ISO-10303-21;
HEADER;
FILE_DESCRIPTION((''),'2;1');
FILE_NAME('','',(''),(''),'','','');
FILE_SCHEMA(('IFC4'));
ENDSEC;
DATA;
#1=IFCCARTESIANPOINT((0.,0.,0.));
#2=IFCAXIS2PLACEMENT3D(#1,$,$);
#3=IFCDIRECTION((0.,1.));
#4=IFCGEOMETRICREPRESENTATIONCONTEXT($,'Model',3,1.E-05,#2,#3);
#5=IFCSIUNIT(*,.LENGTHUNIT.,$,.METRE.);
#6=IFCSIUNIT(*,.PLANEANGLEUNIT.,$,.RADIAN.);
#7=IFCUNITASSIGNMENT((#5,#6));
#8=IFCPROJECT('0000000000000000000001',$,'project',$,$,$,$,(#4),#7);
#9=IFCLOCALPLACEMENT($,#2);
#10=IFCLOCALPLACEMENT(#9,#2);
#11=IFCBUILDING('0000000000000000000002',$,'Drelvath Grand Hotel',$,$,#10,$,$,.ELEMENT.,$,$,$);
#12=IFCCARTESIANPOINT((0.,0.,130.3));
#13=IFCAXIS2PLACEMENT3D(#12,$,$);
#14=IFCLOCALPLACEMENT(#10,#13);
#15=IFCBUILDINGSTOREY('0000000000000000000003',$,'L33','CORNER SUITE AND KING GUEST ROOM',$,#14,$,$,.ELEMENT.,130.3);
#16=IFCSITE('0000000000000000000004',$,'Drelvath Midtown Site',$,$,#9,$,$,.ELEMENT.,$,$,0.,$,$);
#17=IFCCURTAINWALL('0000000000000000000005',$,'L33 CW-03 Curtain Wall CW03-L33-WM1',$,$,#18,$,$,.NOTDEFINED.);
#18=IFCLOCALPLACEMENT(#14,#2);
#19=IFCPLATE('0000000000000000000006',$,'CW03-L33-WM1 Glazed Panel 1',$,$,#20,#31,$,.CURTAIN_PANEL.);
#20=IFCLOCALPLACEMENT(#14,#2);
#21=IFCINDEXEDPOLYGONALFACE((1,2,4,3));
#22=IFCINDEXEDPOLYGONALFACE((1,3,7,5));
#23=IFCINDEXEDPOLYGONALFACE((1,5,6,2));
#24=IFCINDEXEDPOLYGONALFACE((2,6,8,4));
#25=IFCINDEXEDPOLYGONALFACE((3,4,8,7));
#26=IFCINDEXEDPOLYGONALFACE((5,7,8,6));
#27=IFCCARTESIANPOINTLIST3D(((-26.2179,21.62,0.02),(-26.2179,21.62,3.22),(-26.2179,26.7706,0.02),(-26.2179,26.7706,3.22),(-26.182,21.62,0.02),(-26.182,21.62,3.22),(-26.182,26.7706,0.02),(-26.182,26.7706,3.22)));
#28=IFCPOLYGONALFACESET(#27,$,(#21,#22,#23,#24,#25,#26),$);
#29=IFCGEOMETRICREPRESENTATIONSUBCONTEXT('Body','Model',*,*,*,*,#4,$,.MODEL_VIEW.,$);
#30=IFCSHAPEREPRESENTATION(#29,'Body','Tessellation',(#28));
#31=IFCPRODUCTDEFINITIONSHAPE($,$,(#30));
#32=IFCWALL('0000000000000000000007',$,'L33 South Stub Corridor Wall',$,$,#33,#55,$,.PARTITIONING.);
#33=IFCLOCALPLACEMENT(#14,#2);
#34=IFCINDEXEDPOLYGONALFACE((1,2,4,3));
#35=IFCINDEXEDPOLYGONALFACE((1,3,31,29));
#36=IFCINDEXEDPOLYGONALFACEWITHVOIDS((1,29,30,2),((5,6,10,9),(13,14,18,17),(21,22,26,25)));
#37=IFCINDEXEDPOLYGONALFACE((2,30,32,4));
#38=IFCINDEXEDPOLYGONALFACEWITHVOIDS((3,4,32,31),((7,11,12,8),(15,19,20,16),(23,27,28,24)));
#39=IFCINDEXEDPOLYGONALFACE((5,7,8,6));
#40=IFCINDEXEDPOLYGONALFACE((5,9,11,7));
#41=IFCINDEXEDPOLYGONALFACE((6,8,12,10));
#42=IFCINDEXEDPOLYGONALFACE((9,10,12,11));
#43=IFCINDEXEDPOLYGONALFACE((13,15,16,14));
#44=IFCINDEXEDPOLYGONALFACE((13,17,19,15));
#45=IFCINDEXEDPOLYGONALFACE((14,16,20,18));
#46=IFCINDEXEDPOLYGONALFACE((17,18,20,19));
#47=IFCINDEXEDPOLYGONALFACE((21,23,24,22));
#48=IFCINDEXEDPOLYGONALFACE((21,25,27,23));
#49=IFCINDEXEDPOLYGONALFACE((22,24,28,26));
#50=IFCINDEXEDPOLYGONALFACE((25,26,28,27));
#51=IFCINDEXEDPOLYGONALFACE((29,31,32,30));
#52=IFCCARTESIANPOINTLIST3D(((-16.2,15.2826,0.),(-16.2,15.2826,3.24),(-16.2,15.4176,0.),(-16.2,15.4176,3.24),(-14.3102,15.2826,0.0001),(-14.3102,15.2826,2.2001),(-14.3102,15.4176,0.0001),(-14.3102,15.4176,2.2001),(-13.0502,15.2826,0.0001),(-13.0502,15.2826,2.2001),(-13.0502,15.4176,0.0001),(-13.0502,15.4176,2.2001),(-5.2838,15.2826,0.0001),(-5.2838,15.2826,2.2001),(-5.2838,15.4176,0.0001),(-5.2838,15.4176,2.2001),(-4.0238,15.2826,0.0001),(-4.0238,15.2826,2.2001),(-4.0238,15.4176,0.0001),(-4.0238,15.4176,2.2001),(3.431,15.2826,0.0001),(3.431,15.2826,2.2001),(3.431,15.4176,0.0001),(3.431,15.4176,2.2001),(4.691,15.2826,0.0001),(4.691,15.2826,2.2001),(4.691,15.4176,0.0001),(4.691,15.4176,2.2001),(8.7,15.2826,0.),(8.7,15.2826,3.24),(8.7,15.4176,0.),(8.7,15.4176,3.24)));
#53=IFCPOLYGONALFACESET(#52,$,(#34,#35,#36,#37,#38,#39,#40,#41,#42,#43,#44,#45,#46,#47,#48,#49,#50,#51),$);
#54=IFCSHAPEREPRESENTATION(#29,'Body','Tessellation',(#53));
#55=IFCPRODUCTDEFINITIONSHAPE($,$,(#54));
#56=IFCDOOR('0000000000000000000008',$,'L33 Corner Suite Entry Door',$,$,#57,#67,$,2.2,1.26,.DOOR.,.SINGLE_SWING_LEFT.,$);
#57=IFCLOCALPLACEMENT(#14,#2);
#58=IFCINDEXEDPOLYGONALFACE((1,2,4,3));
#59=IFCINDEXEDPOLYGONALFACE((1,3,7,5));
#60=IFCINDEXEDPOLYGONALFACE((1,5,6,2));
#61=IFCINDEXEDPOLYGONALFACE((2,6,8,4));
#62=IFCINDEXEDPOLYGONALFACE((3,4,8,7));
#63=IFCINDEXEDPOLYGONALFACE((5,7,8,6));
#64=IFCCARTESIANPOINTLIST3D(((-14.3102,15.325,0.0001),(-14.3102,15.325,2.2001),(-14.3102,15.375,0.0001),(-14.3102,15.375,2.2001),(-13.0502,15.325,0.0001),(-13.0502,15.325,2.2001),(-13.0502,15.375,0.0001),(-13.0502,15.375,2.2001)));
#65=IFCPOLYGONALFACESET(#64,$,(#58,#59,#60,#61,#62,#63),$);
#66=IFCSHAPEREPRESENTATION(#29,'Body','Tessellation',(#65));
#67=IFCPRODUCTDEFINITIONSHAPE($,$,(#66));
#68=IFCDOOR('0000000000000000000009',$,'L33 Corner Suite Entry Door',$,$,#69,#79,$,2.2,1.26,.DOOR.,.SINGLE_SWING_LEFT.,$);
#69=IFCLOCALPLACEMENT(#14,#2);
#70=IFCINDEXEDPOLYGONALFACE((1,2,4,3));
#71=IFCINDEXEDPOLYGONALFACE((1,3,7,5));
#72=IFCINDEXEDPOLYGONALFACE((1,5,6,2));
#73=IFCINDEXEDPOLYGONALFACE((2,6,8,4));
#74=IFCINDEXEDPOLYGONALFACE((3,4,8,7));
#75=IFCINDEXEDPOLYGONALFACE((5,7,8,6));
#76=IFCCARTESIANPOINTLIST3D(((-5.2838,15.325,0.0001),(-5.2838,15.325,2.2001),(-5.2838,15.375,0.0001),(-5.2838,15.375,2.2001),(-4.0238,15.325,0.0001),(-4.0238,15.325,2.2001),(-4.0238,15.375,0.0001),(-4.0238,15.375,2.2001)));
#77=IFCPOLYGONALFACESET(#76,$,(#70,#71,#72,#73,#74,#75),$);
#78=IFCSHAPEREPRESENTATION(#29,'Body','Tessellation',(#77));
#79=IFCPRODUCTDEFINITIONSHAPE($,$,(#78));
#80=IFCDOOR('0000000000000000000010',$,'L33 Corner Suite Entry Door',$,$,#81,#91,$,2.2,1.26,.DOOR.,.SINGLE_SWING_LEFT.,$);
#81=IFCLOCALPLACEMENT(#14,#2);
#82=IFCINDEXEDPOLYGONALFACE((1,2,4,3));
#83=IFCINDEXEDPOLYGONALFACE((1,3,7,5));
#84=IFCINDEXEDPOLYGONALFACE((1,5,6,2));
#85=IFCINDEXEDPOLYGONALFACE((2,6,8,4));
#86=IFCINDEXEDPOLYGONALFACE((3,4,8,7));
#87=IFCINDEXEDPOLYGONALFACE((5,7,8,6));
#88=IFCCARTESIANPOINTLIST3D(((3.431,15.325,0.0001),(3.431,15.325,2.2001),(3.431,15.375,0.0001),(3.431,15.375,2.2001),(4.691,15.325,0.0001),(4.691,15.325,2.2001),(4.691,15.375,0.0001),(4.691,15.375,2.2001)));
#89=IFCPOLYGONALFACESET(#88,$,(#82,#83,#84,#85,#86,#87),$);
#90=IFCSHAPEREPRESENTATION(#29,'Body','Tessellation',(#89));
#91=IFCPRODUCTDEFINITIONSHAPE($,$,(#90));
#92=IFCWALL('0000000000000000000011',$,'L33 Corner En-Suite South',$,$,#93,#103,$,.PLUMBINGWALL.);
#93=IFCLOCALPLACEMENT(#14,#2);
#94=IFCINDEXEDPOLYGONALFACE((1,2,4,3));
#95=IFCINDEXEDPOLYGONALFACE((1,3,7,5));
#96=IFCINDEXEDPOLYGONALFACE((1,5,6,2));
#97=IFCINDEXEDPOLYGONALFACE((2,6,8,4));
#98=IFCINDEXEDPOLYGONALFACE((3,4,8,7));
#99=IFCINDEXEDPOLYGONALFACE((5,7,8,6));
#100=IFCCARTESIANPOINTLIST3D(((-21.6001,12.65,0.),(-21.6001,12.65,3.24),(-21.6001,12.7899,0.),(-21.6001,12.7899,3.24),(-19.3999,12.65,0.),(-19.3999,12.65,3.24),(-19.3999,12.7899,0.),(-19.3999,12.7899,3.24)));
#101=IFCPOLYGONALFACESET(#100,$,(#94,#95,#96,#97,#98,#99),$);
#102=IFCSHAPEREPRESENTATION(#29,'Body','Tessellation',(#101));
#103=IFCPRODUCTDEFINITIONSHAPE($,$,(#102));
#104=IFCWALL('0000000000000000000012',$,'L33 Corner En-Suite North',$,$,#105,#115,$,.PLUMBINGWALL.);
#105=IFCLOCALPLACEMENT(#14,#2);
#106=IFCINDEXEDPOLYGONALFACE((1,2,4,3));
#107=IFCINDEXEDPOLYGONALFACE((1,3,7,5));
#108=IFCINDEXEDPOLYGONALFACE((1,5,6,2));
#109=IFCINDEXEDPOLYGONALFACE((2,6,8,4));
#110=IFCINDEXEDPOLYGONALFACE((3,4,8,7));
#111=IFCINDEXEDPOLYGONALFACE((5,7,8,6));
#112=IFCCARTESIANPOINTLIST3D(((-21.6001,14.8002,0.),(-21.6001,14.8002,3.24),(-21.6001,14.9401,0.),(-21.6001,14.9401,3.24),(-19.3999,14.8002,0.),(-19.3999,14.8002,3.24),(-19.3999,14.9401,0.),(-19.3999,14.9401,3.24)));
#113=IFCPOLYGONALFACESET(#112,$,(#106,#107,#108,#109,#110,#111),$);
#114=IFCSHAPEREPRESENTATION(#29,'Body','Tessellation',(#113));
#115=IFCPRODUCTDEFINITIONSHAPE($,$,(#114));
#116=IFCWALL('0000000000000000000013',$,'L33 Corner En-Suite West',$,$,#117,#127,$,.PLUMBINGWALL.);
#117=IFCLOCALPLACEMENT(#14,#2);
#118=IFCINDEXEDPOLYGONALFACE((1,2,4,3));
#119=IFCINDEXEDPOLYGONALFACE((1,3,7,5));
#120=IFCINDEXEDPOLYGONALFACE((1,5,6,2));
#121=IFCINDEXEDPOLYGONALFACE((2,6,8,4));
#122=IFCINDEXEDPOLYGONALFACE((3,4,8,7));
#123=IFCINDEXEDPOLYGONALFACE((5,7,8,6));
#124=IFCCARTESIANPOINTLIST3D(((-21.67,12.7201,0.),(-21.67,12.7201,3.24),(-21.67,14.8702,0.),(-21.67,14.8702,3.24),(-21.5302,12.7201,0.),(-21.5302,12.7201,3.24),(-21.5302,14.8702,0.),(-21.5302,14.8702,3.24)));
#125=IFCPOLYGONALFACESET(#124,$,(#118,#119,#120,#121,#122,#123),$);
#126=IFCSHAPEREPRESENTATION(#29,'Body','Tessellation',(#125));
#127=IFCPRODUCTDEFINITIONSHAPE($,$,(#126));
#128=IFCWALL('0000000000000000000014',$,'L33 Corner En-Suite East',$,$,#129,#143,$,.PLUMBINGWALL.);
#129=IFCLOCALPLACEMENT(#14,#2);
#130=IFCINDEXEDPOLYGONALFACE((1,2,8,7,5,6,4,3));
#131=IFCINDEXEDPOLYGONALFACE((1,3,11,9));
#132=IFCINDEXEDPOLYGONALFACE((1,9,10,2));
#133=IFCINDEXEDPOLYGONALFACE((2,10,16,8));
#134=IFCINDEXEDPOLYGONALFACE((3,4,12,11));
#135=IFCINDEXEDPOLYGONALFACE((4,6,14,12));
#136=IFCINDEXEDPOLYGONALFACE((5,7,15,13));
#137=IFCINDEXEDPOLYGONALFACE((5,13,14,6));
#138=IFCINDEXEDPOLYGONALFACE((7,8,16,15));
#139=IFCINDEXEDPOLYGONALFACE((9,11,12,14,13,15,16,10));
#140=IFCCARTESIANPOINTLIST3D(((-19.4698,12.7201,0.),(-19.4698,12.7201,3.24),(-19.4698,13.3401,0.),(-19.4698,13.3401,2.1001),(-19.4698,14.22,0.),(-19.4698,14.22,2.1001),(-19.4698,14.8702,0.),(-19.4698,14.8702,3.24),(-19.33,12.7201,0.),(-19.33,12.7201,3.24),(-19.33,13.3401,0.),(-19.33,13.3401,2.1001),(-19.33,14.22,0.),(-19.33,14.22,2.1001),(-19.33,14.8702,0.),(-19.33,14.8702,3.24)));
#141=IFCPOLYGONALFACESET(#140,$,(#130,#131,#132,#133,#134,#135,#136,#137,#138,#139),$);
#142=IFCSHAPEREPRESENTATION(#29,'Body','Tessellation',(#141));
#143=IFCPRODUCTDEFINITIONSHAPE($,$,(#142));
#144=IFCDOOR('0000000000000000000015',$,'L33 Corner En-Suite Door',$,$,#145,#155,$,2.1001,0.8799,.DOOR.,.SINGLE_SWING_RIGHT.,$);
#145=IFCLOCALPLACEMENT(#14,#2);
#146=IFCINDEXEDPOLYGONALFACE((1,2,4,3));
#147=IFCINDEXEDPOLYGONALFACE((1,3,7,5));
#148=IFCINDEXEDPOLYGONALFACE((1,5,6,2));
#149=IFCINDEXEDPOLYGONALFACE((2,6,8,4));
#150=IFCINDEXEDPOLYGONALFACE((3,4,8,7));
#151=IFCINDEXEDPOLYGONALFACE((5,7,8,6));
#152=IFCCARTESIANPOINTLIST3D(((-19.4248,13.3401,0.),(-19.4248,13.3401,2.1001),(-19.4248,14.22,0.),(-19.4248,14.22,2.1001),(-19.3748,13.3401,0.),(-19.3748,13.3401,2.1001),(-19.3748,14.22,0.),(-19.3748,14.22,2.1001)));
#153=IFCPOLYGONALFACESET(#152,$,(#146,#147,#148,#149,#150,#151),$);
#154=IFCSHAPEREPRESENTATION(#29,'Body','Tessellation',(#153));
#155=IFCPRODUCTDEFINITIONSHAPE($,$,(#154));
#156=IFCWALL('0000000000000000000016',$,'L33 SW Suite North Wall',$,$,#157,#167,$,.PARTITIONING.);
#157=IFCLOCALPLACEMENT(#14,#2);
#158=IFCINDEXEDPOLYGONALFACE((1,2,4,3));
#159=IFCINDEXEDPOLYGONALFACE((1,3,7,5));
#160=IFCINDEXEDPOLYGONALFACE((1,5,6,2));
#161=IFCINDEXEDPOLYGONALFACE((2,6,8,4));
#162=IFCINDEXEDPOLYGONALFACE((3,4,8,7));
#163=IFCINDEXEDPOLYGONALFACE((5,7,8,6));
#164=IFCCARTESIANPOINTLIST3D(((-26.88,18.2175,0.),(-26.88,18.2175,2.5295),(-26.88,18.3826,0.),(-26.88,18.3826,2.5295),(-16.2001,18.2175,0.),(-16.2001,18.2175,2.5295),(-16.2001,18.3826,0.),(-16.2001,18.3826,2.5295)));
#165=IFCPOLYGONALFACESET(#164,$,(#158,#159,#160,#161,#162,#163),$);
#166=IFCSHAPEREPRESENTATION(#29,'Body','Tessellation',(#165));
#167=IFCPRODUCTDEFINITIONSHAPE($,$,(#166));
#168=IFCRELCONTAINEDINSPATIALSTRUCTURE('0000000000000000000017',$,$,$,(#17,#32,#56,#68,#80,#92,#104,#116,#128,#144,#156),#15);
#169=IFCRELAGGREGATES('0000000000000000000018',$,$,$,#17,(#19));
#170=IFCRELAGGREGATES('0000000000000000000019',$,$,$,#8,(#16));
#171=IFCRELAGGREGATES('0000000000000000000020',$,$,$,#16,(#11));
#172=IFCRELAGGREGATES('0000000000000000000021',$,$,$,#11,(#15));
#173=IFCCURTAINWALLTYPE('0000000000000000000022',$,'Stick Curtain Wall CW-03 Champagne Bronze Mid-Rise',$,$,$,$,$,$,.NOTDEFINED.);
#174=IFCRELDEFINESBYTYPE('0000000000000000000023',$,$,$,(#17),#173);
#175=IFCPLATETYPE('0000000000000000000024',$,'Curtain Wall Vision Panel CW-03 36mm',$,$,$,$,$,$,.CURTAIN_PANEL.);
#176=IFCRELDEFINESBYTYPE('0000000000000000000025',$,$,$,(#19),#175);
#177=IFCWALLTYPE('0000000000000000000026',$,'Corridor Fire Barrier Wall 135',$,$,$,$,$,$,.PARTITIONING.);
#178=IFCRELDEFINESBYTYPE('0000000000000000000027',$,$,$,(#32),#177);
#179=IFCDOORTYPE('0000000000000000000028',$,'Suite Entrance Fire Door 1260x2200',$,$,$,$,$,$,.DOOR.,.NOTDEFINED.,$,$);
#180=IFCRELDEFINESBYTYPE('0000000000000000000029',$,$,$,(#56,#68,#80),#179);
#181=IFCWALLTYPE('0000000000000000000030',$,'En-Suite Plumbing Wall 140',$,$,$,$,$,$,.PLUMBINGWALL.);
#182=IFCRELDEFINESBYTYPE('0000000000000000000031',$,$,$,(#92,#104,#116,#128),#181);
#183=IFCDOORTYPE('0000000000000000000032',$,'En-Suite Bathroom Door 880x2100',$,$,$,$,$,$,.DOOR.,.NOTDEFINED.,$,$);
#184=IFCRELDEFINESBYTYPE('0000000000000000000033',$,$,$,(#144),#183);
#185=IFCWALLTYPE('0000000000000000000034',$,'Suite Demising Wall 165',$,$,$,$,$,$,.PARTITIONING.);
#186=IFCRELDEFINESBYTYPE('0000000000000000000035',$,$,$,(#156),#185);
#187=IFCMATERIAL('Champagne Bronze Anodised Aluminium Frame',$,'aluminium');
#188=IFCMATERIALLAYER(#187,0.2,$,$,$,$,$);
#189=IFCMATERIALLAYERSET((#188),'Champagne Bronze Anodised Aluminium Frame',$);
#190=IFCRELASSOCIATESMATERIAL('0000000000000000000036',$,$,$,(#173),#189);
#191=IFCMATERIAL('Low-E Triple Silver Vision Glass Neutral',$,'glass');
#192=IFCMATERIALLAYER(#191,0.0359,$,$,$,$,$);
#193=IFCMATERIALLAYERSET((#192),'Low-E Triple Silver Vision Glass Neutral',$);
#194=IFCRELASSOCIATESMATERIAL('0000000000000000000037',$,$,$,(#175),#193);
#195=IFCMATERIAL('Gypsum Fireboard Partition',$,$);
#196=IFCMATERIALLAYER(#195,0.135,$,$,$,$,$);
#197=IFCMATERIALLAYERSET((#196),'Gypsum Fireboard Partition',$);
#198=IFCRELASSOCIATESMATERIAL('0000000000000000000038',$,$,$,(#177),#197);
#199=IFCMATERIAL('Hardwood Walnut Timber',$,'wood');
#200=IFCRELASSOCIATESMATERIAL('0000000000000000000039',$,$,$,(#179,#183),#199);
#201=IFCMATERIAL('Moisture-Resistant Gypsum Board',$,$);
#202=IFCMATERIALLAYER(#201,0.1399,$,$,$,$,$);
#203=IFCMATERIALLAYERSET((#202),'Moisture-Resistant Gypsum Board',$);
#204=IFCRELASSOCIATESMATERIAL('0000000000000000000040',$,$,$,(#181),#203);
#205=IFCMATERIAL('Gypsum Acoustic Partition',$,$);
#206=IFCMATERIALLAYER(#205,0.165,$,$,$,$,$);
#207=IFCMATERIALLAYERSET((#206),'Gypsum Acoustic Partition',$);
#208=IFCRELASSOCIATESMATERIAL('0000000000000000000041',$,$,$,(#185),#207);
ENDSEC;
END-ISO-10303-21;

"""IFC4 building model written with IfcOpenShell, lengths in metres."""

from ifc_helpers import new_model, si_unit, direction, frame, frame_2d, origin, origin_2d, place, context, subcontext, project, spatial, rectangle, extrude, material, layer, layer_set, type_object, element, fill, aggregate, save


model = new_model("IFC4")

# Units and contexts
model_context = context("Model", 3, precision=1e-05, world=origin(), true_north=direction((0.0, 1.0)))
body_context = subcontext(model_context, "Body", "Model", "MODEL_VIEW")
ifc_project = project(units=[si_unit("LENGTHUNIT", "METRE"), si_unit("PLANEANGLEUNIT", "RADIAN")], contexts=[model_context])

# Site, building, storey
site_placement = place(None, origin())
site = spatial("IfcSite", under=ifc_project, at=site_placement, Name="Drelvath Midtown Site", CompositionType="ELEMENT", RefElevation=0.0)
building_placement = place(site_placement, origin())
building = spatial("IfcBuilding", under=site, at=building_placement, Name="Drelvath Grand Hotel", CompositionType="ELEMENT")
storey_placement = place(building_placement, frame((0.0, 0.0, 130.3)))
storey = spatial("IfcBuildingStorey", under=building, at=storey_placement, Name="L33", Description="CORNER SUITE AND KING GUEST ROOM", CompositionType="ELEMENT", Elevation=130.3)

# Curtain wall
ifc_material_1 = material(Name="Champagne Bronze Anodised Aluminium Frame", Category="aluminium")
ifc_layer_1 = layer(ifc_material_1, 0.2)
ifc_layer_set_1 = layer_set([ifc_layer_1], Name="Champagne Bronze Anodised Aluminium Frame")
curtain_wall_type = type_object("IfcCurtainWallType", Name="Stick Curtain Wall CW-03 Champagne Bronze Mid-Rise", PredefinedType="NOTDEFINED", material=ifc_layer_set_1)
curtain_wall_1_placement = place(storey_placement, origin())
curtain_wall_1 = element("IfcCurtainWall", 1, at=curtain_wall_1_placement, inside=storey, type_object=curtain_wall_type, Name="L33 CW-03 Curtain Wall CW03-L33-WM1", PredefinedType="NOTDEFINED")

# Plate
ifc_material_2 = material(Name="Low-E Triple Silver Vision Glass Neutral", Category="glass")
ifc_layer_2 = layer(ifc_material_2, 0.0359)
ifc_layer_set_2 = layer_set([ifc_layer_2], Name="Low-E Triple Silver Vision Glass Neutral")
plate_type = type_object("IfcPlateType", Name="Curtain Wall Vision Panel CW-03 36mm", PredefinedType="CURTAIN_PANEL", material=ifc_layer_set_2)
plate_1_placement = place(storey_placement, frame((-26.2, 24.1953, 0.02), z_axis=(0.0, 0.0, 1.0), x_axis=(0.0, 1.0, 0.0)))
plate_1 = element("IfcPlate", 2, at=plate_1_placement, type_object=plate_type, Name="CW03-L33-WM1 Glazed Panel 1", PredefinedType="CURTAIN_PANEL", context=body_context, shape_type="SweptSolid", body=[
    extrude(rectangle(XDim=5.1506, YDim=0.0359, at=origin_2d()), origin(), (0.0, 0.0, 1.0), 3.2),
])
aggregate(curtain_wall_1, [plate_1])

# Wall, openings, doors
ifc_material_3 = material(Name="Gypsum Fireboard Partition")
ifc_layer_3 = layer(ifc_material_3, 0.135)
ifc_layer_set_3 = layer_set([ifc_layer_3], Name="Gypsum Fireboard Partition")
wall_type_1 = type_object("IfcWallType", Name="Corridor Fire Barrier Wall 135", PredefinedType="PARTITIONING", material=ifc_layer_set_3)
wall_1_placement = place(storey_placement, frame((-16.2, 15.3501, 0.0), z_axis=(0.0, 0.0, 1.0), x_axis=(1.0, 0.0, 0.0)))
wall_1 = element("IfcWall", 3, at=wall_1_placement, inside=storey, type_object=wall_type_1, Name="L33 South Stub Corridor Wall", PredefinedType="PARTITIONING", context=body_context, shape_type="SweptSolid", body=[
    extrude(rectangle(XDim=24.8999, YDim=0.135, at=frame_2d((12.45, 0.0))), origin(), (0.0, 0.0, 1.0), 3.24),
])
opening_1_placement = place(wall_1_placement, frame((1.8899, 0.0, 0.0)))
opening_1 = element("IfcOpeningElement", 4, at=opening_1_placement, cuts=wall_1, PredefinedType="OPENING", context=body_context, shape_type="SweptSolid", body=[
    extrude(rectangle(XDim=1.26, YDim=2.2, at=frame_2d((0.6299, 1.1001))), frame((0.0, 0.0774, 0.0), z_axis=(0.0, -1.0, 0.0), x_axis=(1.0, 0.0, 0.0)), (0.0, 0.0, 1.0), 0.155),
])
opening_2_placement = place(wall_1_placement, frame((10.9163, 0.0, 0.0)))
opening_2 = element("IfcOpeningElement", 5, at=opening_2_placement, cuts=wall_1, PredefinedType="OPENING", context=body_context, shape_type="SweptSolid", body=[
    extrude(rectangle(XDim=1.26, YDim=2.2, at=frame_2d((0.6299, 1.1001))), frame((0.0, 0.0774, 0.0), z_axis=(0.0, -1.0, 0.0), x_axis=(1.0, 0.0, 0.0)), (0.0, 0.0, 1.0), 0.155),
])
opening_3_placement = place(wall_1_placement, frame((19.6311, 0.0, 0.0)))
opening_3 = element("IfcOpeningElement", 6, at=opening_3_placement, cuts=wall_1, PredefinedType="OPENING", context=body_context, shape_type="SweptSolid", body=[
    extrude(rectangle(XDim=1.26, YDim=2.2, at=frame_2d((0.6299, 1.1001))), frame((0.0, 0.0774, 0.0), z_axis=(0.0, -1.0, 0.0), x_axis=(1.0, 0.0, 0.0)), (0.0, 0.0, 1.0), 0.155),
])
ifc_material_4 = material(Name="Hardwood Walnut Timber", Category="wood")
door_type_1 = type_object("IfcDoorType", Name="Suite Entrance Fire Door 1260x2200", OperationType="NOTDEFINED", PredefinedType="DOOR", material=ifc_material_4)
door_1_placement = place(opening_1_placement, origin())
door_1 = element("IfcDoor", 7, at=door_1_placement, inside=storey, type_object=door_type_1, Name="L33 Corner Suite Entry Door", OperationType="SINGLE_SWING_LEFT", OverallHeight=2.2, OverallWidth=1.26, PredefinedType="DOOR", context=body_context, shape_type="SweptSolid", body=[
    extrude(rectangle(XDim=1.26, YDim=2.2, at=frame_2d((0.6299, 1.1001))), frame((0.0, 0.0249, 0.0), z_axis=(0.0, -1.0, 0.0), x_axis=(1.0, 0.0, 0.0)), (0.0, 0.0, 1.0), 0.05),
])
fill(opening_1, door_1)
door_2_placement = place(opening_2_placement, origin())
door_2 = element("IfcDoor", 8, at=door_2_placement, inside=storey, type_object=door_type_1, Name="L33 Corner Suite Entry Door", OperationType="SINGLE_SWING_LEFT", OverallHeight=2.2, OverallWidth=1.26, PredefinedType="DOOR", context=body_context, shape_type="SweptSolid", body=[
    extrude(rectangle(XDim=1.26, YDim=2.2, at=frame_2d((0.6299, 1.1001))), frame((0.0, 0.0249, 0.0), z_axis=(0.0, -1.0, 0.0), x_axis=(1.0, 0.0, 0.0)), (0.0, 0.0, 1.0), 0.05),
])
fill(opening_2, door_2)
door_3_placement = place(opening_3_placement, origin())
door_3 = element("IfcDoor", 9, at=door_3_placement, inside=storey, type_object=door_type_1, Name="L33 Corner Suite Entry Door", OperationType="SINGLE_SWING_LEFT", OverallHeight=2.2, OverallWidth=1.26, PredefinedType="DOOR", context=body_context, shape_type="SweptSolid", body=[
    extrude(rectangle(XDim=1.26, YDim=2.2, at=frame_2d((0.6299, 1.1001))), frame((0.0, 0.0249, 0.0), z_axis=(0.0, -1.0, 0.0), x_axis=(1.0, 0.0, 0.0)), (0.0, 0.0, 1.0), 0.05),
])
fill(opening_3, door_3)

# Walls
ifc_material_5 = material(Name="Moisture-Resistant Gypsum Board")
ifc_layer_4 = layer(ifc_material_5, 0.1399)
ifc_layer_set_4 = layer_set([ifc_layer_4], Name="Moisture-Resistant Gypsum Board")
wall_type_2 = type_object("IfcWallType", Name="En-Suite Plumbing Wall 140", PredefinedType="PLUMBINGWALL", material=ifc_layer_set_4)
for number, where, z_axis, x_axis, name in (
    (10, (-21.6001, 12.72, 0.0), (0.0, 0.0, 1.0), (1.0, 0.0, 0.0), "L33 Corner En-Suite South"),
    (11, (-21.6001, 14.8701, 0.0), (0.0, 0.0, 1.0), (1.0, 0.0, 0.0), "L33 Corner En-Suite North"),
):
    element("IfcWall", number, at=place(storey_placement, frame(where, z_axis=z_axis, x_axis=x_axis)), inside=storey, type_object=wall_type_2, Name=name, PredefinedType="PLUMBINGWALL", context=body_context, shape_type="SweptSolid", body=[
        extrude(rectangle(XDim=2.2002, YDim=0.1399, at=frame_2d((1.1001, 0.0))), origin(), (0.0, 0.0, 1.0), 3.24),
    ])
wall_2_placement = place(storey_placement, frame((-21.6001, 12.72, 0.0), z_axis=(0.0, 0.0, 1.0), x_axis=(0.0, 1.0, 0.0)))
element("IfcWall", 12, at=wall_2_placement, inside=storey, type_object=wall_type_2, Name="L33 Corner En-Suite West", PredefinedType="PLUMBINGWALL", context=body_context, shape_type="SweptSolid", body=[
    extrude(rectangle(XDim=2.1501, YDim=0.1399, at=frame_2d((1.0752, 0.0))), origin(), (0.0, 0.0, 1.0), 3.24),
])

# Wall, opening, door
wall_3_placement = place(storey_placement, frame((-19.3999, 12.72, 0.0), z_axis=(0.0, 0.0, 1.0), x_axis=(0.0, 1.0, 0.0)))
wall_3 = element("IfcWall", 13, at=wall_3_placement, inside=storey, type_object=wall_type_2, Name="L33 Corner En-Suite East", PredefinedType="PLUMBINGWALL", context=body_context, shape_type="SweptSolid", body=[
    extrude(rectangle(XDim=2.1501, YDim=0.1399, at=frame_2d((1.0752, 0.0))), origin(), (0.0, 0.0, 1.0), 3.24),
])
opening_4_placement = place(wall_3_placement, frame((0.6201, 0.0, 0.0)))
opening_4 = element("IfcOpeningElement", 14, at=opening_4_placement, cuts=wall_3, PredefinedType="OPENING", context=body_context, shape_type="SweptSolid", body=[
    extrude(rectangle(XDim=0.8799, YDim=2.1001, at=frame_2d((0.4399, 1.05))), frame((0.0, 0.0798, 0.0), z_axis=(0.0, -1.0, 0.0), x_axis=(1.0, 0.0, 0.0)), (0.0, 0.0, 1.0), 0.1599),
])
door_type_2 = type_object("IfcDoorType", Name="En-Suite Bathroom Door 880x2100", OperationType="NOTDEFINED", PredefinedType="DOOR", material=ifc_material_4)
door_4_placement = place(opening_4_placement, origin())
door_4 = element("IfcDoor", 15, at=door_4_placement, inside=storey, type_object=door_type_2, Name="L33 Corner En-Suite Door", OperationType="SINGLE_SWING_RIGHT", OverallHeight=2.1001, OverallWidth=0.8799, PredefinedType="DOOR", context=body_context, shape_type="SweptSolid", body=[
    extrude(rectangle(XDim=0.8799, YDim=2.1001, at=frame_2d((0.4399, 1.05))), frame((0.0, 0.0249, 0.0), z_axis=(0.0, -1.0, 0.0), x_axis=(1.0, 0.0, 0.0)), (0.0, 0.0, 1.0), 0.05),
])
fill(opening_4, door_4)

# Wall
ifc_material_6 = material(Name="Gypsum Acoustic Partition")
ifc_layer_5 = layer(ifc_material_6, 0.165)
ifc_layer_set_5 = layer_set([ifc_layer_5], Name="Gypsum Acoustic Partition")
wall_type_3 = type_object("IfcWallType", Name="Suite Demising Wall 165", PredefinedType="PARTITIONING", material=ifc_layer_set_5)
wall_4_placement = place(storey_placement, frame((-26.8799, 18.3, 0.0), z_axis=(0.0, 0.0, 1.0), x_axis=(1.0, 0.0, 0.0)))
element("IfcWall", 16, at=wall_4_placement, inside=storey, type_object=wall_type_3, Name="L33 SW Suite North Wall", PredefinedType="PARTITIONING", context=body_context, shape_type="SweptSolid", body=[
    extrude(rectangle(XDim=10.6799, YDim=0.165, at=frame_2d((5.3398, 0.0))), origin(), (0.0, 0.0, 1.0), 2.5295),
])

save(model, "model.ifc")
